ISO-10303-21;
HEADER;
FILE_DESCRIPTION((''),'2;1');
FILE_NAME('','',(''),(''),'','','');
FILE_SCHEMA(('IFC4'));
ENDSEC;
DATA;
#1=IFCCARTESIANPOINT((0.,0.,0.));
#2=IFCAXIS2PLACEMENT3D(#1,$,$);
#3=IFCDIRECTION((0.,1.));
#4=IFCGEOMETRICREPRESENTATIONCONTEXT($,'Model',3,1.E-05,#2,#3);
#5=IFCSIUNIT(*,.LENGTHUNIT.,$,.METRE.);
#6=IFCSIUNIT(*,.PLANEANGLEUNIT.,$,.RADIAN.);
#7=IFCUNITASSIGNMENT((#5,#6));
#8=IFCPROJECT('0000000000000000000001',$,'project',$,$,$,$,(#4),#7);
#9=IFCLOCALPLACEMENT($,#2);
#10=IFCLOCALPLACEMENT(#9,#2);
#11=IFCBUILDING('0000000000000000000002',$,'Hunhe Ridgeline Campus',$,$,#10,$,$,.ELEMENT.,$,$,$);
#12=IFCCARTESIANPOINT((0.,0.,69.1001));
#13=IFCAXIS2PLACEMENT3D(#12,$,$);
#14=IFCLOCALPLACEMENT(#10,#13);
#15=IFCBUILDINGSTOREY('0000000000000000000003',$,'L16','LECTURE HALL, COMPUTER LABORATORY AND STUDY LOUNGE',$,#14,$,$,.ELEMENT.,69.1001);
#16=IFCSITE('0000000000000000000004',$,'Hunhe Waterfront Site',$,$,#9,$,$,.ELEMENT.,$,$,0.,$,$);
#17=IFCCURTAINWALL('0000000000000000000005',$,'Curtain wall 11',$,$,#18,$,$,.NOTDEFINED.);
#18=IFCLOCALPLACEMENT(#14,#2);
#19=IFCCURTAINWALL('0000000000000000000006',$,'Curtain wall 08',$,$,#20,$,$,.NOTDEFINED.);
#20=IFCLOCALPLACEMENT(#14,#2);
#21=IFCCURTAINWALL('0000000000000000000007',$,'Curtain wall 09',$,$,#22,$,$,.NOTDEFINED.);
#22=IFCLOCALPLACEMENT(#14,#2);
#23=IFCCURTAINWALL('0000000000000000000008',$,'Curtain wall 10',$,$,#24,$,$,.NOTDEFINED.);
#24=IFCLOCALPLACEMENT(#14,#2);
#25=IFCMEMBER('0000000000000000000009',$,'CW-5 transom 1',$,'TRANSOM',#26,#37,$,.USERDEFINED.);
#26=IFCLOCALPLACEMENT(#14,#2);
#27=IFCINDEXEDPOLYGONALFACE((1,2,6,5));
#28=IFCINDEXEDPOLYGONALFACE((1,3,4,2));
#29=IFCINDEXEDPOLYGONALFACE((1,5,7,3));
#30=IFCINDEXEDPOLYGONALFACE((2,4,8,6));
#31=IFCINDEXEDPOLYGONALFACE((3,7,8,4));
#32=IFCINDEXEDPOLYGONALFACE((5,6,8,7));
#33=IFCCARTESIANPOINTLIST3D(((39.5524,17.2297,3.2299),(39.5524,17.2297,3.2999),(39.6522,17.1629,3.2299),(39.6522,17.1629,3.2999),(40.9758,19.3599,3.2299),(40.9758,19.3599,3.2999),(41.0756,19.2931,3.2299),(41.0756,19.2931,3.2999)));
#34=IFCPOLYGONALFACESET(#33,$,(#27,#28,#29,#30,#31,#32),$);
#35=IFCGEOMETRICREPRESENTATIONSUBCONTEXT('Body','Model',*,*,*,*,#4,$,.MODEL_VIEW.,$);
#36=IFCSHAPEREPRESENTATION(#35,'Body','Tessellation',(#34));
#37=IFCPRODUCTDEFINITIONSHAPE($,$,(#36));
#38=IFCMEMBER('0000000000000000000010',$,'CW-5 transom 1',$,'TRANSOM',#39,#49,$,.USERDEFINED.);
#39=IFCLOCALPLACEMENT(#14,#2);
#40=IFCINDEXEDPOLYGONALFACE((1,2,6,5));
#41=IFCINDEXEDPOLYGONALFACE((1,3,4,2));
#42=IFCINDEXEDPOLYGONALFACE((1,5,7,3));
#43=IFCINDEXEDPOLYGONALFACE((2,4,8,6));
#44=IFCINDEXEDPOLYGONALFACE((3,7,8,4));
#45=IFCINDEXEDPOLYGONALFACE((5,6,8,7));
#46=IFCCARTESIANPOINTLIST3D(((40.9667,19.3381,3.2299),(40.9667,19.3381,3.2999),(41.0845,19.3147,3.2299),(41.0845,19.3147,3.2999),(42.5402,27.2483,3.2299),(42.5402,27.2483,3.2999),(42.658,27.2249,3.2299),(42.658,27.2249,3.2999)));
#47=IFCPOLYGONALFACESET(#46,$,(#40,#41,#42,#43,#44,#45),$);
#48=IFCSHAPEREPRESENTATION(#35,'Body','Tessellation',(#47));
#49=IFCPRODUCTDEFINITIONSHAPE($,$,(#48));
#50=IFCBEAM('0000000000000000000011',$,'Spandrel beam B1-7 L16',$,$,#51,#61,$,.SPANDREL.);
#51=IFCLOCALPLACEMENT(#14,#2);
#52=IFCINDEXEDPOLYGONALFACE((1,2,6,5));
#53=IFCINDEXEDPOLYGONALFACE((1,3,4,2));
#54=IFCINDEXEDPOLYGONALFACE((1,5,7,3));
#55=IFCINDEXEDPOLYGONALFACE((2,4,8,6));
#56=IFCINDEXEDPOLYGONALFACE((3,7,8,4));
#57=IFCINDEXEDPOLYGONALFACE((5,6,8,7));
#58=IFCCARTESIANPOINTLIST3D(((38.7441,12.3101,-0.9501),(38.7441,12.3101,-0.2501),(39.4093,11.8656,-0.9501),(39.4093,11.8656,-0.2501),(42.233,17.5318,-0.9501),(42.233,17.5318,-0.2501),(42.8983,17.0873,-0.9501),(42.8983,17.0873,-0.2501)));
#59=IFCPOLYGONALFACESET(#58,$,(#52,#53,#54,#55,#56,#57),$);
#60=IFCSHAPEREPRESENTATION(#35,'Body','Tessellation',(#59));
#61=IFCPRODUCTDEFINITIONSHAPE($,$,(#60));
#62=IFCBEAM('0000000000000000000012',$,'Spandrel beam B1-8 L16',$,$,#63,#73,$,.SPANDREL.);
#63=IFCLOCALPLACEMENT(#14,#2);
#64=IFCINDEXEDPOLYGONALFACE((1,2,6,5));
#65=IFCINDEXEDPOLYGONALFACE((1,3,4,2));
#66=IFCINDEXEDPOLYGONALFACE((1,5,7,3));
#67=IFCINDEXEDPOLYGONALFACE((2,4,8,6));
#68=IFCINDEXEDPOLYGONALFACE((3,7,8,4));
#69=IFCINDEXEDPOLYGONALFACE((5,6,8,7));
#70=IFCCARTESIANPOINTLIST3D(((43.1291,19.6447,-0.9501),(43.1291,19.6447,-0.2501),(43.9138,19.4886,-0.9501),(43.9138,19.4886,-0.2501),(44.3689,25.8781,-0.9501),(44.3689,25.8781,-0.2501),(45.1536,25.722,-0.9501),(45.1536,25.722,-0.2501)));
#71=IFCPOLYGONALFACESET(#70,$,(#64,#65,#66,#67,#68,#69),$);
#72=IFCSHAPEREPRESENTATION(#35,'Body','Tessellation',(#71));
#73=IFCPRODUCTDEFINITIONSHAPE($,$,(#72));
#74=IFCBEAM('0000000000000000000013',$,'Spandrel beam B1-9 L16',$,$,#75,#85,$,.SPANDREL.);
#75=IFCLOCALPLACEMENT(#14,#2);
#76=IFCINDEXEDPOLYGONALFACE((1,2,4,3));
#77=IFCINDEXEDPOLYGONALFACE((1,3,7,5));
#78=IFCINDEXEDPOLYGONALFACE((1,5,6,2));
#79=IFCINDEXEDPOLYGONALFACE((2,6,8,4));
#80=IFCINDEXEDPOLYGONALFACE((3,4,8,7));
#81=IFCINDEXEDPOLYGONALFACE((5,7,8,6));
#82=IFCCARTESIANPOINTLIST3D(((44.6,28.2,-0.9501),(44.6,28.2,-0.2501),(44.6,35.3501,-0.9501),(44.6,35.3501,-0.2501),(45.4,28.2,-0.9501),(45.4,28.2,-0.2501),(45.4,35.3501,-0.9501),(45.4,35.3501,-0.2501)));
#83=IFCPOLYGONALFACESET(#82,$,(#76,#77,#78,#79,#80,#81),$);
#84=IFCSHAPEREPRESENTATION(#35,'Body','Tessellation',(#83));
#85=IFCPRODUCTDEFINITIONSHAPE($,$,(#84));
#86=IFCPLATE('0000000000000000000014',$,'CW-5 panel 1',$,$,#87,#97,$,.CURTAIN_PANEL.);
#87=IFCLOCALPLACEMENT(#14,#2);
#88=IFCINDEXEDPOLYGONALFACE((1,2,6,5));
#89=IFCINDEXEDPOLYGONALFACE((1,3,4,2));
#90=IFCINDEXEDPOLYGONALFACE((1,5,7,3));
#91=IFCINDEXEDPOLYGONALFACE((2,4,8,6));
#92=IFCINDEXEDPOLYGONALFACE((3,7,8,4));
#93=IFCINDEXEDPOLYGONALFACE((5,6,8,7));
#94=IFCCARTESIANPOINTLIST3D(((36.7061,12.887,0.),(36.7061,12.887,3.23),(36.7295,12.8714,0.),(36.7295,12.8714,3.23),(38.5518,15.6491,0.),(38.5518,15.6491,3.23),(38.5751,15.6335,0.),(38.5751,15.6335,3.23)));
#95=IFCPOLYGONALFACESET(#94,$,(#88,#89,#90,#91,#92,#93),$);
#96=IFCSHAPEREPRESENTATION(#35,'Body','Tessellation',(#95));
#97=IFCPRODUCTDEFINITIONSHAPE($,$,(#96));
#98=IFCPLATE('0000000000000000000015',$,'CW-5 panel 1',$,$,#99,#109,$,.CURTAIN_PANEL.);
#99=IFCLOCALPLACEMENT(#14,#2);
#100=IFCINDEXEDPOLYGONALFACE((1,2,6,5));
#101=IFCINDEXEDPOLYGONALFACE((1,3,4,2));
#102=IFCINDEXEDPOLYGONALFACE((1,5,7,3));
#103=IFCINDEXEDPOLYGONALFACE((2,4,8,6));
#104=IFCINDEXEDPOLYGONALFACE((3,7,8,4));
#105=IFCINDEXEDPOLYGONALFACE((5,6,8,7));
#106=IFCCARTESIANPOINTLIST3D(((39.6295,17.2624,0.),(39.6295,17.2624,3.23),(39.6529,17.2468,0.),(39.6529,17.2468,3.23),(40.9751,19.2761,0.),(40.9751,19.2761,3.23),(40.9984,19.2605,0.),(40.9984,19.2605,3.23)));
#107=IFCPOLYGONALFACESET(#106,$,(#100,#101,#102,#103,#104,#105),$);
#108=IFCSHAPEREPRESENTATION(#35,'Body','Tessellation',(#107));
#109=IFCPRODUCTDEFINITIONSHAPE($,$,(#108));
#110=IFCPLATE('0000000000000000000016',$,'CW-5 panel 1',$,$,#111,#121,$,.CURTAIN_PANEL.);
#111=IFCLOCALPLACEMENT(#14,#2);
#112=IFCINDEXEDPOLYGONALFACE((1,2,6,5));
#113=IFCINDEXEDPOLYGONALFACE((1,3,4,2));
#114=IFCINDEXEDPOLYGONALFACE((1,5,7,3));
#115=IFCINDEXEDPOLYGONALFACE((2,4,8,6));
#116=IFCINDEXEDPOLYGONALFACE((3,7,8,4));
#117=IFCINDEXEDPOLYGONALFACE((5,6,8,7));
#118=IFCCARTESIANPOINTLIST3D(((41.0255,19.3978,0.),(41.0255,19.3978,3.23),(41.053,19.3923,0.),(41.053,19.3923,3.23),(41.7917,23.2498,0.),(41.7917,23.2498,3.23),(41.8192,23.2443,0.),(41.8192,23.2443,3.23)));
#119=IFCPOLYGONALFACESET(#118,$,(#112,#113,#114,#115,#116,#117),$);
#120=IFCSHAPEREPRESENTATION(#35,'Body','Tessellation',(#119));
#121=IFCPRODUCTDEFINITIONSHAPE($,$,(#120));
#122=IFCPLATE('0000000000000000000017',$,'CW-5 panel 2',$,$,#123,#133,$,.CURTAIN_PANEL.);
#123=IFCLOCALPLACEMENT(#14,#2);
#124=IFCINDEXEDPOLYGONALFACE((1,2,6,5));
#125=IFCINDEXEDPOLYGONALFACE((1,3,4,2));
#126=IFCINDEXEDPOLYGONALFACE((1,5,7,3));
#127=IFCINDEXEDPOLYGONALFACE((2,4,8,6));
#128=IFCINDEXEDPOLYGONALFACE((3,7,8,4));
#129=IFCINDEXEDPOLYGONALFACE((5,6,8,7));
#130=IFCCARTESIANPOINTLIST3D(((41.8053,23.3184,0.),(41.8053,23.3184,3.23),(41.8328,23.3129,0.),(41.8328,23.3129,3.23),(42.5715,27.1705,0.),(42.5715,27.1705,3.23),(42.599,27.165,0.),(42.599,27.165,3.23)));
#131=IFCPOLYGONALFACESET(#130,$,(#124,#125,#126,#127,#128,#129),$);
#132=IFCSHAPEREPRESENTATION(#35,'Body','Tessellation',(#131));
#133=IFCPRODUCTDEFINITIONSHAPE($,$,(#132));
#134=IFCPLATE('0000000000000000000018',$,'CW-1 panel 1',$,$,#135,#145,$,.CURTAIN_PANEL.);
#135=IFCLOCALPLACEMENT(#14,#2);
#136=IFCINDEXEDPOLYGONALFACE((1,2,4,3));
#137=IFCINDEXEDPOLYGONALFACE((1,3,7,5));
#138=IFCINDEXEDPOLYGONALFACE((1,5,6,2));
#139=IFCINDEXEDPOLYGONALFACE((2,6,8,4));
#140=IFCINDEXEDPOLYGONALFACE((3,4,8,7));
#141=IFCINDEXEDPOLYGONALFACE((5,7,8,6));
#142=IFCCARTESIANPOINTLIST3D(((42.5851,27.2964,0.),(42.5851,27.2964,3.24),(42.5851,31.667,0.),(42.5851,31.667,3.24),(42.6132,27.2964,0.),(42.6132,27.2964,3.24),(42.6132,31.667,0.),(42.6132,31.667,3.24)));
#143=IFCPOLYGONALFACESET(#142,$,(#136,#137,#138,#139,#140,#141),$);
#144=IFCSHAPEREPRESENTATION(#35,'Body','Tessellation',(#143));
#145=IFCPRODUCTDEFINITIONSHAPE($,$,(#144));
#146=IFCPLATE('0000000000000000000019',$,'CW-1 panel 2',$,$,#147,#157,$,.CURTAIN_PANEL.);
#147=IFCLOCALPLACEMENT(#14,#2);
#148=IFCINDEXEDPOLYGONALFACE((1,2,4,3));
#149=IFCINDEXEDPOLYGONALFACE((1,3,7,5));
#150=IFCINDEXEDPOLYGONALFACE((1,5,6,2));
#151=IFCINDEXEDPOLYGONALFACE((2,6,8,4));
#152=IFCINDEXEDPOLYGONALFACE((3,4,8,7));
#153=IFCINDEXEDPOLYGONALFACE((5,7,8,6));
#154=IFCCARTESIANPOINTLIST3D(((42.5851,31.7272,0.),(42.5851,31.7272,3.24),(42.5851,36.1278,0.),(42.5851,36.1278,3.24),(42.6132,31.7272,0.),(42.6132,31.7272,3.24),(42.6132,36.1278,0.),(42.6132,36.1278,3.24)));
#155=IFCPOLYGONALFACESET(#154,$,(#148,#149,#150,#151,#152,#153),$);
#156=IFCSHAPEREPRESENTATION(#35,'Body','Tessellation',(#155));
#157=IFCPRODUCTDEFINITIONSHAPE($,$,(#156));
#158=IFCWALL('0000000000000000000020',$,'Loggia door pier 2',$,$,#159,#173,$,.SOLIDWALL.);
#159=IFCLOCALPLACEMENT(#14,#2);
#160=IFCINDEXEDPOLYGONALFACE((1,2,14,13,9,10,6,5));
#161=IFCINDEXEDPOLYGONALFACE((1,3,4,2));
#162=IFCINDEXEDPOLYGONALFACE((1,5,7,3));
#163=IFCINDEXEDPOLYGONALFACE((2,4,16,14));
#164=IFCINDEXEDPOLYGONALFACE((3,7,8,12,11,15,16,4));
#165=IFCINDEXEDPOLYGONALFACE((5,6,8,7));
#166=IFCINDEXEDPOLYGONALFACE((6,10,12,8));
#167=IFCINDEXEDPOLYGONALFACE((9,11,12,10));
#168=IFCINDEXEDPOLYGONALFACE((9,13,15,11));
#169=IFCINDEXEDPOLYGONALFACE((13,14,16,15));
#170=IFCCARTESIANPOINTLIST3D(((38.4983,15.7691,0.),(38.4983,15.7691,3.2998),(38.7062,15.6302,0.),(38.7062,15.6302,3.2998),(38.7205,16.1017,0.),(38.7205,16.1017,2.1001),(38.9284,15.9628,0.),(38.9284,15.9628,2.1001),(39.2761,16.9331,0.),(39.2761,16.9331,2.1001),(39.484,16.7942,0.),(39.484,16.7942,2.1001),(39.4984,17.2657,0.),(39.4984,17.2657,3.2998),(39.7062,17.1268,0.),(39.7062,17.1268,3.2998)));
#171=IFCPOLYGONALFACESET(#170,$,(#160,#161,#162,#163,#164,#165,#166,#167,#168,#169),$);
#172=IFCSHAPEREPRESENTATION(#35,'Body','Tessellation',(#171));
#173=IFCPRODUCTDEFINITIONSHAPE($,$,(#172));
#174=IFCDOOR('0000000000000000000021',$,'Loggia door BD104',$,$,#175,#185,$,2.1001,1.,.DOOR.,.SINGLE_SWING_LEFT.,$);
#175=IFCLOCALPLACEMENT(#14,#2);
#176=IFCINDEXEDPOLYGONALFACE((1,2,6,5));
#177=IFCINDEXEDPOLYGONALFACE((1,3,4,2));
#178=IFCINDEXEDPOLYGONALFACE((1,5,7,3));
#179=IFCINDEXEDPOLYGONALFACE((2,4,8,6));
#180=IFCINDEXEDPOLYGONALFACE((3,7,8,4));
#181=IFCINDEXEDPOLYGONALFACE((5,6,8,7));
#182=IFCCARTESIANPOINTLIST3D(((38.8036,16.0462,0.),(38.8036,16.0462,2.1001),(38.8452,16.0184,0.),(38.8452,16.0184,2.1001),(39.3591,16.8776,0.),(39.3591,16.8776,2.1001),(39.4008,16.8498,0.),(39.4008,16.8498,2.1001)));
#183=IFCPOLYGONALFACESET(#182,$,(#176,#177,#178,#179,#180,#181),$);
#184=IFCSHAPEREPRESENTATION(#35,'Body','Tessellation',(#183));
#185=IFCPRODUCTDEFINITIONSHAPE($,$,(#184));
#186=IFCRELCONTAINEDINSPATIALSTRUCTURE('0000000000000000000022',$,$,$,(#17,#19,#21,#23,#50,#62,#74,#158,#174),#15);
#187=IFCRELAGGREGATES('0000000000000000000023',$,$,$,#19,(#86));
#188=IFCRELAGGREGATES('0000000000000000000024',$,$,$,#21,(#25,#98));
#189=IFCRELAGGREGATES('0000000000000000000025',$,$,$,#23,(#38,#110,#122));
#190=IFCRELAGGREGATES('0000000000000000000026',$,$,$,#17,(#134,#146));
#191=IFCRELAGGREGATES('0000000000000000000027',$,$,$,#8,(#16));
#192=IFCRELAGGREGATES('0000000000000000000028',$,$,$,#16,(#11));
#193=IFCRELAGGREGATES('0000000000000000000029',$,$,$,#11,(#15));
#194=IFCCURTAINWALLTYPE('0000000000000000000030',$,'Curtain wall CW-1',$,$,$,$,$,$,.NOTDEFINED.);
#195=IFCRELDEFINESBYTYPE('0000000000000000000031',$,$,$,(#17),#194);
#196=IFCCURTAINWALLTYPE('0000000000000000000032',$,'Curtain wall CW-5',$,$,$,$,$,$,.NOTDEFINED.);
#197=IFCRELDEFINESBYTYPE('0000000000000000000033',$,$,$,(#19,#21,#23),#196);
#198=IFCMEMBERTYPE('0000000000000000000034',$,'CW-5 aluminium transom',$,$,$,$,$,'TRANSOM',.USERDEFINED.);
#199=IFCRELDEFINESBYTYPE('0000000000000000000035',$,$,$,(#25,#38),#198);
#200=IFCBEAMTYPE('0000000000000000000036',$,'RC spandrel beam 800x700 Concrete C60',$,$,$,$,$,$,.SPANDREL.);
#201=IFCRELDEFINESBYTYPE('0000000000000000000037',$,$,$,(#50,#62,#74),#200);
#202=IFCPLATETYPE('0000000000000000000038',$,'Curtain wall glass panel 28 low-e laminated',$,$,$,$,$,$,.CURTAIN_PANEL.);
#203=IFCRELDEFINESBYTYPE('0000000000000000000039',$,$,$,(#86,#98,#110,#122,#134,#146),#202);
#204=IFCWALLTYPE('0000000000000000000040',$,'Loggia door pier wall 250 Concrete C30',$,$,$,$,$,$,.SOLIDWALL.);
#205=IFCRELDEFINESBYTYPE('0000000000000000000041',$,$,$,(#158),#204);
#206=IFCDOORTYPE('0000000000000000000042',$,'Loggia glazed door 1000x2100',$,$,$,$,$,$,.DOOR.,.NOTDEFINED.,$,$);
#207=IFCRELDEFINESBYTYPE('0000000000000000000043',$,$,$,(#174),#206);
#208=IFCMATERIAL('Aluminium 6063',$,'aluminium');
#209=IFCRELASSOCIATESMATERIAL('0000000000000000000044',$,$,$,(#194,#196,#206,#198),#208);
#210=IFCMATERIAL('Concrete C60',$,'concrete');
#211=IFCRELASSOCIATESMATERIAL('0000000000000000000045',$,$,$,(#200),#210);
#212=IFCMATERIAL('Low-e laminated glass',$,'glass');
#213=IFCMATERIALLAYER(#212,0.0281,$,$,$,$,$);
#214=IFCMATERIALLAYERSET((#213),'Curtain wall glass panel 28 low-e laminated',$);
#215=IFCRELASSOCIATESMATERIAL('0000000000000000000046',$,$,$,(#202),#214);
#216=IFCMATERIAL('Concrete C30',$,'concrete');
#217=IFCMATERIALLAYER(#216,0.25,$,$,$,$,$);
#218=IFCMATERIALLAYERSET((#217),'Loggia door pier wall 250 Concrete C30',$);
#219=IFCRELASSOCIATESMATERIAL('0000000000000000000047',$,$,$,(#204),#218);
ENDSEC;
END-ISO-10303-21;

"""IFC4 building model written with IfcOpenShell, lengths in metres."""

from ifc_helpers import new_model, si_unit, direction, frame, frame_2d, origin, origin_2d, place, context, subcontext, project, spatial, rectangle, extrude, material, layer, layer_set, material_profile, profile_set, type_object, element, fill, aggregate, save


model = new_model("IFC4")

# Units and contexts
model_context = context("Model", 3, precision=1e-05, world=origin(), true_north=direction((0.0, 1.0)))
body_context = subcontext(model_context, "Body", "Model", "MODEL_VIEW")
ifc_project = project(units=[si_unit("LENGTHUNIT", "METRE"), si_unit("PLANEANGLEUNIT", "RADIAN")], contexts=[model_context])

# Site, building, storey
site_placement = place(None, origin())
site = spatial("IfcSite", under=ifc_project, at=site_placement, Name="Hunhe Waterfront Site", CompositionType="ELEMENT", RefElevation=0.0)
building_placement = place(site_placement, origin())
building = spatial("IfcBuilding", under=site, at=building_placement, Name="Hunhe Ridgeline Campus", CompositionType="ELEMENT")
storey_placement = place(building_placement, frame((0.0, 0.0, 69.1001)))
storey = spatial("IfcBuildingStorey", under=building, at=storey_placement, Name="L16", Description="LECTURE HALL, COMPUTER LABORATORY AND STUDY LOUNGE", CompositionType="ELEMENT", Elevation=69.1001)

# Curtain walls
ifc_material_1 = material(Name="Aluminium 6063", Category="aluminium")
curtain_wall_type_1 = type_object("IfcCurtainWallType", Name="Curtain wall CW-1", PredefinedType="NOTDEFINED", material=ifc_material_1)
curtain_wall_1_placement = place(storey_placement, origin())
curtain_wall_1 = element("IfcCurtainWall", 1, at=curtain_wall_1_placement, inside=storey, type_object=curtain_wall_type_1, Name="Curtain wall 11", PredefinedType="NOTDEFINED")
curtain_wall_type_2 = type_object("IfcCurtainWallType", Name="Curtain wall CW-5", PredefinedType="NOTDEFINED", material=ifc_material_1)
curtain_wall_2_placement = place(storey_placement, origin())
curtain_wall_2 = element("IfcCurtainWall", 2, at=curtain_wall_2_placement, inside=storey, type_object=curtain_wall_type_2, Name="Curtain wall 08", PredefinedType="NOTDEFINED")
curtain_wall_3_placement = place(storey_placement, origin())
curtain_wall_3 = element("IfcCurtainWall", 3, at=curtain_wall_3_placement, inside=storey, type_object=curtain_wall_type_2, Name="Curtain wall 09", PredefinedType="NOTDEFINED")
curtain_wall_4_placement = place(storey_placement, origin())
curtain_wall_4 = element("IfcCurtainWall", 4, at=curtain_wall_4_placement, inside=storey, type_object=curtain_wall_type_2, Name="Curtain wall 10", PredefinedType="NOTDEFINED")

# Members
ifc_material_profile_1 = material_profile(ifc_material_1, rectangle(XDim=0.1201, YDim=0.0701, at=origin_2d()))
ifc_profile_set_1 = profile_set([ifc_material_profile_1], Name="Aluminium 6063")
member_type_1 = type_object("IfcMemberType", Name="CW-5 aluminium transom", ElementType="TRANSOM", PredefinedType="USERDEFINED", material=ifc_profile_set_1)
member_1_placement = place(storey_placement, frame((39.6023, 17.1963, 3.2649), z_axis=(0.55558, 0.831463, 0.0), x_axis=(-0.831463, 0.55558, 0.0)))
member_1 = element("IfcMember", 5, at=member_1_placement, type_object=member_type_1, Name="CW-5 transom 1", ObjectType="TRANSOM", PredefinedType="USERDEFINED", context=body_context, shape_type="SweptSolid", body=[
    extrude(rectangle(XDim=0.1201, YDim=0.0701, at=origin_2d()), origin(), (0.0, 0.0, 1.0), 2.562),
])
member_2_placement = place(storey_placement, frame((41.0256, 19.3264, 3.2649), z_axis=(0.195097, 0.980784, 0.0), x_axis=(-0.980784, 0.195097, 0.0)))
member_2 = element("IfcMember", 6, at=member_2_placement, type_object=member_type_1, Name="CW-5 transom 1", ObjectType="TRANSOM", PredefinedType="USERDEFINED", context=body_context, shape_type="SweptSolid", body=[
    extrude(rectangle(XDim=0.1201, YDim=0.0701, at=origin_2d()), origin(), (0.0, 0.0, 1.0), 8.0652),
])

# Beams
ifc_material_2 = material(Name="Concrete C60", Category="concrete")
ifc_material_profile_2 = material_profile(ifc_material_2, rectangle(XDim=0.8, YDim=0.7, at=origin_2d()))
ifc_profile_set_2 = profile_set([ifc_material_profile_2], Name="Concrete C60")
beam_type = type_object("IfcBeamType", Name="RC spandrel beam 800x700 Concrete C60", PredefinedType="SPANDREL", material=ifc_profile_set_2)
beam_1_placement = place(storey_placement, frame((39.0767, 12.0879, -0.6001), z_axis=(0.55557, 0.83147, 0.0), x_axis=(-0.83147, 0.55557, 0.0)))
element("IfcBeam", 7, at=beam_1_placement, inside=storey, type_object=beam_type, Name="Spandrel beam B1-7 L16", PredefinedType="SPANDREL", context=body_context, shape_type="SweptSolid", body=[
    extrude(rectangle(XDim=0.8, YDim=0.7, at=origin_2d()), origin(), (0.0, 0.0, 1.0), 6.28),
])
beam_2_placement = place(storey_placement, frame((43.5215, 19.5667, -0.6001), z_axis=(0.195067, 0.98079, 0.0), x_axis=(-0.98079, 0.195067, 0.0)))
element("IfcBeam", 8, at=beam_2_placement, inside=storey, type_object=beam_type, Name="Spandrel beam B1-8 L16", PredefinedType="SPANDREL", context=body_context, shape_type="SweptSolid", body=[
    extrude(rectangle(XDim=0.8, YDim=0.7, at=origin_2d()), origin(), (0.0, 0.0, 1.0), 6.3555),
])
beam_3_placement = place(storey_placement, frame((45.0, 28.2, -0.6001), z_axis=(0.0, 1.0, 0.0), x_axis=(-1.0, 0.0, 0.0)))
element("IfcBeam", 9, at=beam_3_placement, inside=storey, type_object=beam_type, Name="Spandrel beam B1-9 L16", PredefinedType="SPANDREL", context=body_context, shape_type="SweptSolid", body=[
    extrude(rectangle(XDim=0.8, YDim=0.7, at=origin_2d()), origin(), (0.0, 0.0, 1.0), 7.1501),
])

# Plates
ifc_material_3 = material(Name="Low-e laminated glass", Category="glass")
ifc_layer_1 = layer(ifc_material_3, 0.0281)
ifc_layer_set_1 = layer_set([ifc_layer_1], Name="Curtain wall glass panel 28 low-e laminated")
plate_type = type_object("IfcPlateType", Name="Curtain wall glass panel 28 low-e laminated", PredefinedType="CURTAIN_PANEL", material=ifc_layer_set_1)
plate_1_placement = place(storey_placement, frame((37.6406, 14.2603, 0.0), z_axis=(0.0, 0.0, 1.0), x_axis=(0.55557, 0.83147, 0.0)))
plate_1 = element("IfcPlate", 10, at=plate_1_placement, type_object=plate_type, Name="CW-5 panel 1", PredefinedType="CURTAIN_PANEL", context=body_context, shape_type="SweptSolid", body=[
    extrude(rectangle(XDim=3.322, YDim=0.0281, at=origin_2d()), origin(), (0.0, 0.0, 1.0), 3.23),
])
aggregate(curtain_wall_2, [plate_1])
plate_2_placement = place(storey_placement, frame((40.314, 18.2615, 0.0), z_axis=(0.0, 0.0, 1.0), x_axis=(0.55557, 0.83147, 0.0)))
plate_2 = element("IfcPlate", 11, at=plate_2_placement, type_object=plate_type, Name="CW-5 panel 1", PredefinedType="CURTAIN_PANEL", context=body_context, shape_type="SweptSolid", body=[
    extrude(rectangle(XDim=2.4219, YDim=0.0281, at=origin_2d()), origin(), (0.0, 0.0, 1.0), 3.23),
])
aggregate(curtain_wall_3, [member_1, plate_2])
plate_3_placement = place(storey_placement, frame((41.4224, 21.321, 0.0), z_axis=(0.0, 0.0, 1.0), x_axis=(0.19509, 0.980785, 0.0)))
plate_3 = element("IfcPlate", 12, at=plate_3_placement, type_object=plate_type, Name="CW-5 panel 1", PredefinedType="CURTAIN_PANEL", context=body_context, shape_type="SweptSolid", body=[
    extrude(rectangle(XDim=3.9275, YDim=0.0281, at=origin_2d()), origin(), (0.0, 0.0, 1.0), 3.23),
])
plate_4_placement = place(storey_placement, frame((42.2021, 25.2417, 0.0), z_axis=(0.0, 0.0, 1.0), x_axis=(0.19509, 0.980785, 0.0)))
plate_4 = element("IfcPlate", 13, at=plate_4_placement, type_object=plate_type, Name="CW-5 panel 2", PredefinedType="CURTAIN_PANEL", context=body_context, shape_type="SweptSolid", body=[
    extrude(rectangle(XDim=3.9275, YDim=0.0281, at=origin_2d()), origin(), (0.0, 0.0, 1.0), 3.23),
])
aggregate(curtain_wall_4, [member_2, plate_3, plate_4])
plate_5_placement = place(storey_placement, frame((42.5991, 29.4817, 0.0), z_axis=(0.0, 0.0, 1.0), x_axis=(0.0, 1.0, 0.0)))
plate_5 = element("IfcPlate", 14, at=plate_5_placement, type_object=plate_type, Name="CW-1 panel 1", PredefinedType="CURTAIN_PANEL", context=body_context, shape_type="SweptSolid", body=[
    extrude(rectangle(XDim=4.3706, YDim=0.0281, at=origin_2d()), origin(), (0.0, 0.0, 1.0), 3.24),
])
plate_6_placement = place(storey_placement, frame((42.5991, 33.9275, 0.0), z_axis=(0.0, 0.0, 1.0), x_axis=(0.0, 1.0, 0.0)))
plate_6 = element("IfcPlate", 15, at=plate_6_placement, type_object=plate_type, Name="CW-1 panel 2", PredefinedType="CURTAIN_PANEL", context=body_context, shape_type="SweptSolid", body=[
    extrude(rectangle(XDim=4.4006, YDim=0.0281, at=origin_2d()), origin(), (0.0, 0.0, 1.0), 3.24),
])
aggregate(curtain_wall_1, [plate_5, plate_6])

# Wall, opening, door
ifc_material_4 = material(Name="Concrete C30", Category="concrete")
ifc_layer_2 = layer(ifc_material_4, 0.25)
ifc_layer_set_2 = layer_set([ifc_layer_2], Name="Loggia door pier wall 250 Concrete C30")
wall_type_1 = type_object("IfcWallType", Name="Loggia door pier wall 250 Concrete C30", PredefinedType="SOLIDWALL", material=ifc_layer_set_2)
wall_1_placement = place(storey_placement, frame((38.6023, 15.6997, 0.0), z_axis=(0.0, 0.0, 1.0), x_axis=(0.555576, 0.831466, 0.0)))
wall_1 = element("IfcWall", 16, at=wall_1_placement, inside=storey, type_object=wall_type_1, Name="Loggia door pier 2", PredefinedType="SOLIDWALL", context=body_context, shape_type="SweptSolid", body=[
    extrude(rectangle(XDim=1.8, YDim=0.25, at=frame_2d((0.8999, 0.0))), origin(), (0.0, 0.0, 1.0), 3.2998),
])
opening_placement = place(wall_1_placement, frame((0.3999, 0.0, 0.0)))
opening = element("IfcOpeningElement", 17, at=opening_placement, cuts=wall_1, PredefinedType="OPENING", context=body_context, shape_type="SweptSolid", body=[
    extrude(rectangle(XDim=1.0, YDim=2.1001, at=frame_2d((0.5, 1.05))), frame((0.0, 0.125, 0.0), z_axis=(0.0, -1.0, 0.0), x_axis=(1.0, 0.0, 0.0)), (0.0, 0.0, 1.0), 0.25),
])
door_type = type_object("IfcDoorType", Name="Loggia glazed door 1000x2100", OperationType="NOTDEFINED", PredefinedType="DOOR", material=ifc_material_1)
door_placement = place(opening_placement, frame((1.0, 0.0, 0.0), z_axis=(0.0, 0.0, 1.0), x_axis=(-1.0, 0.0, 0.0)))
door = element("IfcDoor", 18, at=door_placement, inside=storey, type_object=door_type, Name="Loggia door BD104", OperationType="SINGLE_SWING_LEFT", OverallHeight=2.1001, OverallWidth=1.0, PredefinedType="DOOR", context=body_context, shape_type="SweptSolid", body=[
    extrude(rectangle(XDim=1.0, YDim=2.1001, at=frame_2d((0.5, 1.05))), frame((0.0, 0.0249, 0.0), z_axis=(0.0, -1.0, 0.0), x_axis=(1.0, 0.0, 0.0)), (0.0, 0.0, 1.0), 0.05),
])
fill(opening, door)

save(model, "model.ifc")
